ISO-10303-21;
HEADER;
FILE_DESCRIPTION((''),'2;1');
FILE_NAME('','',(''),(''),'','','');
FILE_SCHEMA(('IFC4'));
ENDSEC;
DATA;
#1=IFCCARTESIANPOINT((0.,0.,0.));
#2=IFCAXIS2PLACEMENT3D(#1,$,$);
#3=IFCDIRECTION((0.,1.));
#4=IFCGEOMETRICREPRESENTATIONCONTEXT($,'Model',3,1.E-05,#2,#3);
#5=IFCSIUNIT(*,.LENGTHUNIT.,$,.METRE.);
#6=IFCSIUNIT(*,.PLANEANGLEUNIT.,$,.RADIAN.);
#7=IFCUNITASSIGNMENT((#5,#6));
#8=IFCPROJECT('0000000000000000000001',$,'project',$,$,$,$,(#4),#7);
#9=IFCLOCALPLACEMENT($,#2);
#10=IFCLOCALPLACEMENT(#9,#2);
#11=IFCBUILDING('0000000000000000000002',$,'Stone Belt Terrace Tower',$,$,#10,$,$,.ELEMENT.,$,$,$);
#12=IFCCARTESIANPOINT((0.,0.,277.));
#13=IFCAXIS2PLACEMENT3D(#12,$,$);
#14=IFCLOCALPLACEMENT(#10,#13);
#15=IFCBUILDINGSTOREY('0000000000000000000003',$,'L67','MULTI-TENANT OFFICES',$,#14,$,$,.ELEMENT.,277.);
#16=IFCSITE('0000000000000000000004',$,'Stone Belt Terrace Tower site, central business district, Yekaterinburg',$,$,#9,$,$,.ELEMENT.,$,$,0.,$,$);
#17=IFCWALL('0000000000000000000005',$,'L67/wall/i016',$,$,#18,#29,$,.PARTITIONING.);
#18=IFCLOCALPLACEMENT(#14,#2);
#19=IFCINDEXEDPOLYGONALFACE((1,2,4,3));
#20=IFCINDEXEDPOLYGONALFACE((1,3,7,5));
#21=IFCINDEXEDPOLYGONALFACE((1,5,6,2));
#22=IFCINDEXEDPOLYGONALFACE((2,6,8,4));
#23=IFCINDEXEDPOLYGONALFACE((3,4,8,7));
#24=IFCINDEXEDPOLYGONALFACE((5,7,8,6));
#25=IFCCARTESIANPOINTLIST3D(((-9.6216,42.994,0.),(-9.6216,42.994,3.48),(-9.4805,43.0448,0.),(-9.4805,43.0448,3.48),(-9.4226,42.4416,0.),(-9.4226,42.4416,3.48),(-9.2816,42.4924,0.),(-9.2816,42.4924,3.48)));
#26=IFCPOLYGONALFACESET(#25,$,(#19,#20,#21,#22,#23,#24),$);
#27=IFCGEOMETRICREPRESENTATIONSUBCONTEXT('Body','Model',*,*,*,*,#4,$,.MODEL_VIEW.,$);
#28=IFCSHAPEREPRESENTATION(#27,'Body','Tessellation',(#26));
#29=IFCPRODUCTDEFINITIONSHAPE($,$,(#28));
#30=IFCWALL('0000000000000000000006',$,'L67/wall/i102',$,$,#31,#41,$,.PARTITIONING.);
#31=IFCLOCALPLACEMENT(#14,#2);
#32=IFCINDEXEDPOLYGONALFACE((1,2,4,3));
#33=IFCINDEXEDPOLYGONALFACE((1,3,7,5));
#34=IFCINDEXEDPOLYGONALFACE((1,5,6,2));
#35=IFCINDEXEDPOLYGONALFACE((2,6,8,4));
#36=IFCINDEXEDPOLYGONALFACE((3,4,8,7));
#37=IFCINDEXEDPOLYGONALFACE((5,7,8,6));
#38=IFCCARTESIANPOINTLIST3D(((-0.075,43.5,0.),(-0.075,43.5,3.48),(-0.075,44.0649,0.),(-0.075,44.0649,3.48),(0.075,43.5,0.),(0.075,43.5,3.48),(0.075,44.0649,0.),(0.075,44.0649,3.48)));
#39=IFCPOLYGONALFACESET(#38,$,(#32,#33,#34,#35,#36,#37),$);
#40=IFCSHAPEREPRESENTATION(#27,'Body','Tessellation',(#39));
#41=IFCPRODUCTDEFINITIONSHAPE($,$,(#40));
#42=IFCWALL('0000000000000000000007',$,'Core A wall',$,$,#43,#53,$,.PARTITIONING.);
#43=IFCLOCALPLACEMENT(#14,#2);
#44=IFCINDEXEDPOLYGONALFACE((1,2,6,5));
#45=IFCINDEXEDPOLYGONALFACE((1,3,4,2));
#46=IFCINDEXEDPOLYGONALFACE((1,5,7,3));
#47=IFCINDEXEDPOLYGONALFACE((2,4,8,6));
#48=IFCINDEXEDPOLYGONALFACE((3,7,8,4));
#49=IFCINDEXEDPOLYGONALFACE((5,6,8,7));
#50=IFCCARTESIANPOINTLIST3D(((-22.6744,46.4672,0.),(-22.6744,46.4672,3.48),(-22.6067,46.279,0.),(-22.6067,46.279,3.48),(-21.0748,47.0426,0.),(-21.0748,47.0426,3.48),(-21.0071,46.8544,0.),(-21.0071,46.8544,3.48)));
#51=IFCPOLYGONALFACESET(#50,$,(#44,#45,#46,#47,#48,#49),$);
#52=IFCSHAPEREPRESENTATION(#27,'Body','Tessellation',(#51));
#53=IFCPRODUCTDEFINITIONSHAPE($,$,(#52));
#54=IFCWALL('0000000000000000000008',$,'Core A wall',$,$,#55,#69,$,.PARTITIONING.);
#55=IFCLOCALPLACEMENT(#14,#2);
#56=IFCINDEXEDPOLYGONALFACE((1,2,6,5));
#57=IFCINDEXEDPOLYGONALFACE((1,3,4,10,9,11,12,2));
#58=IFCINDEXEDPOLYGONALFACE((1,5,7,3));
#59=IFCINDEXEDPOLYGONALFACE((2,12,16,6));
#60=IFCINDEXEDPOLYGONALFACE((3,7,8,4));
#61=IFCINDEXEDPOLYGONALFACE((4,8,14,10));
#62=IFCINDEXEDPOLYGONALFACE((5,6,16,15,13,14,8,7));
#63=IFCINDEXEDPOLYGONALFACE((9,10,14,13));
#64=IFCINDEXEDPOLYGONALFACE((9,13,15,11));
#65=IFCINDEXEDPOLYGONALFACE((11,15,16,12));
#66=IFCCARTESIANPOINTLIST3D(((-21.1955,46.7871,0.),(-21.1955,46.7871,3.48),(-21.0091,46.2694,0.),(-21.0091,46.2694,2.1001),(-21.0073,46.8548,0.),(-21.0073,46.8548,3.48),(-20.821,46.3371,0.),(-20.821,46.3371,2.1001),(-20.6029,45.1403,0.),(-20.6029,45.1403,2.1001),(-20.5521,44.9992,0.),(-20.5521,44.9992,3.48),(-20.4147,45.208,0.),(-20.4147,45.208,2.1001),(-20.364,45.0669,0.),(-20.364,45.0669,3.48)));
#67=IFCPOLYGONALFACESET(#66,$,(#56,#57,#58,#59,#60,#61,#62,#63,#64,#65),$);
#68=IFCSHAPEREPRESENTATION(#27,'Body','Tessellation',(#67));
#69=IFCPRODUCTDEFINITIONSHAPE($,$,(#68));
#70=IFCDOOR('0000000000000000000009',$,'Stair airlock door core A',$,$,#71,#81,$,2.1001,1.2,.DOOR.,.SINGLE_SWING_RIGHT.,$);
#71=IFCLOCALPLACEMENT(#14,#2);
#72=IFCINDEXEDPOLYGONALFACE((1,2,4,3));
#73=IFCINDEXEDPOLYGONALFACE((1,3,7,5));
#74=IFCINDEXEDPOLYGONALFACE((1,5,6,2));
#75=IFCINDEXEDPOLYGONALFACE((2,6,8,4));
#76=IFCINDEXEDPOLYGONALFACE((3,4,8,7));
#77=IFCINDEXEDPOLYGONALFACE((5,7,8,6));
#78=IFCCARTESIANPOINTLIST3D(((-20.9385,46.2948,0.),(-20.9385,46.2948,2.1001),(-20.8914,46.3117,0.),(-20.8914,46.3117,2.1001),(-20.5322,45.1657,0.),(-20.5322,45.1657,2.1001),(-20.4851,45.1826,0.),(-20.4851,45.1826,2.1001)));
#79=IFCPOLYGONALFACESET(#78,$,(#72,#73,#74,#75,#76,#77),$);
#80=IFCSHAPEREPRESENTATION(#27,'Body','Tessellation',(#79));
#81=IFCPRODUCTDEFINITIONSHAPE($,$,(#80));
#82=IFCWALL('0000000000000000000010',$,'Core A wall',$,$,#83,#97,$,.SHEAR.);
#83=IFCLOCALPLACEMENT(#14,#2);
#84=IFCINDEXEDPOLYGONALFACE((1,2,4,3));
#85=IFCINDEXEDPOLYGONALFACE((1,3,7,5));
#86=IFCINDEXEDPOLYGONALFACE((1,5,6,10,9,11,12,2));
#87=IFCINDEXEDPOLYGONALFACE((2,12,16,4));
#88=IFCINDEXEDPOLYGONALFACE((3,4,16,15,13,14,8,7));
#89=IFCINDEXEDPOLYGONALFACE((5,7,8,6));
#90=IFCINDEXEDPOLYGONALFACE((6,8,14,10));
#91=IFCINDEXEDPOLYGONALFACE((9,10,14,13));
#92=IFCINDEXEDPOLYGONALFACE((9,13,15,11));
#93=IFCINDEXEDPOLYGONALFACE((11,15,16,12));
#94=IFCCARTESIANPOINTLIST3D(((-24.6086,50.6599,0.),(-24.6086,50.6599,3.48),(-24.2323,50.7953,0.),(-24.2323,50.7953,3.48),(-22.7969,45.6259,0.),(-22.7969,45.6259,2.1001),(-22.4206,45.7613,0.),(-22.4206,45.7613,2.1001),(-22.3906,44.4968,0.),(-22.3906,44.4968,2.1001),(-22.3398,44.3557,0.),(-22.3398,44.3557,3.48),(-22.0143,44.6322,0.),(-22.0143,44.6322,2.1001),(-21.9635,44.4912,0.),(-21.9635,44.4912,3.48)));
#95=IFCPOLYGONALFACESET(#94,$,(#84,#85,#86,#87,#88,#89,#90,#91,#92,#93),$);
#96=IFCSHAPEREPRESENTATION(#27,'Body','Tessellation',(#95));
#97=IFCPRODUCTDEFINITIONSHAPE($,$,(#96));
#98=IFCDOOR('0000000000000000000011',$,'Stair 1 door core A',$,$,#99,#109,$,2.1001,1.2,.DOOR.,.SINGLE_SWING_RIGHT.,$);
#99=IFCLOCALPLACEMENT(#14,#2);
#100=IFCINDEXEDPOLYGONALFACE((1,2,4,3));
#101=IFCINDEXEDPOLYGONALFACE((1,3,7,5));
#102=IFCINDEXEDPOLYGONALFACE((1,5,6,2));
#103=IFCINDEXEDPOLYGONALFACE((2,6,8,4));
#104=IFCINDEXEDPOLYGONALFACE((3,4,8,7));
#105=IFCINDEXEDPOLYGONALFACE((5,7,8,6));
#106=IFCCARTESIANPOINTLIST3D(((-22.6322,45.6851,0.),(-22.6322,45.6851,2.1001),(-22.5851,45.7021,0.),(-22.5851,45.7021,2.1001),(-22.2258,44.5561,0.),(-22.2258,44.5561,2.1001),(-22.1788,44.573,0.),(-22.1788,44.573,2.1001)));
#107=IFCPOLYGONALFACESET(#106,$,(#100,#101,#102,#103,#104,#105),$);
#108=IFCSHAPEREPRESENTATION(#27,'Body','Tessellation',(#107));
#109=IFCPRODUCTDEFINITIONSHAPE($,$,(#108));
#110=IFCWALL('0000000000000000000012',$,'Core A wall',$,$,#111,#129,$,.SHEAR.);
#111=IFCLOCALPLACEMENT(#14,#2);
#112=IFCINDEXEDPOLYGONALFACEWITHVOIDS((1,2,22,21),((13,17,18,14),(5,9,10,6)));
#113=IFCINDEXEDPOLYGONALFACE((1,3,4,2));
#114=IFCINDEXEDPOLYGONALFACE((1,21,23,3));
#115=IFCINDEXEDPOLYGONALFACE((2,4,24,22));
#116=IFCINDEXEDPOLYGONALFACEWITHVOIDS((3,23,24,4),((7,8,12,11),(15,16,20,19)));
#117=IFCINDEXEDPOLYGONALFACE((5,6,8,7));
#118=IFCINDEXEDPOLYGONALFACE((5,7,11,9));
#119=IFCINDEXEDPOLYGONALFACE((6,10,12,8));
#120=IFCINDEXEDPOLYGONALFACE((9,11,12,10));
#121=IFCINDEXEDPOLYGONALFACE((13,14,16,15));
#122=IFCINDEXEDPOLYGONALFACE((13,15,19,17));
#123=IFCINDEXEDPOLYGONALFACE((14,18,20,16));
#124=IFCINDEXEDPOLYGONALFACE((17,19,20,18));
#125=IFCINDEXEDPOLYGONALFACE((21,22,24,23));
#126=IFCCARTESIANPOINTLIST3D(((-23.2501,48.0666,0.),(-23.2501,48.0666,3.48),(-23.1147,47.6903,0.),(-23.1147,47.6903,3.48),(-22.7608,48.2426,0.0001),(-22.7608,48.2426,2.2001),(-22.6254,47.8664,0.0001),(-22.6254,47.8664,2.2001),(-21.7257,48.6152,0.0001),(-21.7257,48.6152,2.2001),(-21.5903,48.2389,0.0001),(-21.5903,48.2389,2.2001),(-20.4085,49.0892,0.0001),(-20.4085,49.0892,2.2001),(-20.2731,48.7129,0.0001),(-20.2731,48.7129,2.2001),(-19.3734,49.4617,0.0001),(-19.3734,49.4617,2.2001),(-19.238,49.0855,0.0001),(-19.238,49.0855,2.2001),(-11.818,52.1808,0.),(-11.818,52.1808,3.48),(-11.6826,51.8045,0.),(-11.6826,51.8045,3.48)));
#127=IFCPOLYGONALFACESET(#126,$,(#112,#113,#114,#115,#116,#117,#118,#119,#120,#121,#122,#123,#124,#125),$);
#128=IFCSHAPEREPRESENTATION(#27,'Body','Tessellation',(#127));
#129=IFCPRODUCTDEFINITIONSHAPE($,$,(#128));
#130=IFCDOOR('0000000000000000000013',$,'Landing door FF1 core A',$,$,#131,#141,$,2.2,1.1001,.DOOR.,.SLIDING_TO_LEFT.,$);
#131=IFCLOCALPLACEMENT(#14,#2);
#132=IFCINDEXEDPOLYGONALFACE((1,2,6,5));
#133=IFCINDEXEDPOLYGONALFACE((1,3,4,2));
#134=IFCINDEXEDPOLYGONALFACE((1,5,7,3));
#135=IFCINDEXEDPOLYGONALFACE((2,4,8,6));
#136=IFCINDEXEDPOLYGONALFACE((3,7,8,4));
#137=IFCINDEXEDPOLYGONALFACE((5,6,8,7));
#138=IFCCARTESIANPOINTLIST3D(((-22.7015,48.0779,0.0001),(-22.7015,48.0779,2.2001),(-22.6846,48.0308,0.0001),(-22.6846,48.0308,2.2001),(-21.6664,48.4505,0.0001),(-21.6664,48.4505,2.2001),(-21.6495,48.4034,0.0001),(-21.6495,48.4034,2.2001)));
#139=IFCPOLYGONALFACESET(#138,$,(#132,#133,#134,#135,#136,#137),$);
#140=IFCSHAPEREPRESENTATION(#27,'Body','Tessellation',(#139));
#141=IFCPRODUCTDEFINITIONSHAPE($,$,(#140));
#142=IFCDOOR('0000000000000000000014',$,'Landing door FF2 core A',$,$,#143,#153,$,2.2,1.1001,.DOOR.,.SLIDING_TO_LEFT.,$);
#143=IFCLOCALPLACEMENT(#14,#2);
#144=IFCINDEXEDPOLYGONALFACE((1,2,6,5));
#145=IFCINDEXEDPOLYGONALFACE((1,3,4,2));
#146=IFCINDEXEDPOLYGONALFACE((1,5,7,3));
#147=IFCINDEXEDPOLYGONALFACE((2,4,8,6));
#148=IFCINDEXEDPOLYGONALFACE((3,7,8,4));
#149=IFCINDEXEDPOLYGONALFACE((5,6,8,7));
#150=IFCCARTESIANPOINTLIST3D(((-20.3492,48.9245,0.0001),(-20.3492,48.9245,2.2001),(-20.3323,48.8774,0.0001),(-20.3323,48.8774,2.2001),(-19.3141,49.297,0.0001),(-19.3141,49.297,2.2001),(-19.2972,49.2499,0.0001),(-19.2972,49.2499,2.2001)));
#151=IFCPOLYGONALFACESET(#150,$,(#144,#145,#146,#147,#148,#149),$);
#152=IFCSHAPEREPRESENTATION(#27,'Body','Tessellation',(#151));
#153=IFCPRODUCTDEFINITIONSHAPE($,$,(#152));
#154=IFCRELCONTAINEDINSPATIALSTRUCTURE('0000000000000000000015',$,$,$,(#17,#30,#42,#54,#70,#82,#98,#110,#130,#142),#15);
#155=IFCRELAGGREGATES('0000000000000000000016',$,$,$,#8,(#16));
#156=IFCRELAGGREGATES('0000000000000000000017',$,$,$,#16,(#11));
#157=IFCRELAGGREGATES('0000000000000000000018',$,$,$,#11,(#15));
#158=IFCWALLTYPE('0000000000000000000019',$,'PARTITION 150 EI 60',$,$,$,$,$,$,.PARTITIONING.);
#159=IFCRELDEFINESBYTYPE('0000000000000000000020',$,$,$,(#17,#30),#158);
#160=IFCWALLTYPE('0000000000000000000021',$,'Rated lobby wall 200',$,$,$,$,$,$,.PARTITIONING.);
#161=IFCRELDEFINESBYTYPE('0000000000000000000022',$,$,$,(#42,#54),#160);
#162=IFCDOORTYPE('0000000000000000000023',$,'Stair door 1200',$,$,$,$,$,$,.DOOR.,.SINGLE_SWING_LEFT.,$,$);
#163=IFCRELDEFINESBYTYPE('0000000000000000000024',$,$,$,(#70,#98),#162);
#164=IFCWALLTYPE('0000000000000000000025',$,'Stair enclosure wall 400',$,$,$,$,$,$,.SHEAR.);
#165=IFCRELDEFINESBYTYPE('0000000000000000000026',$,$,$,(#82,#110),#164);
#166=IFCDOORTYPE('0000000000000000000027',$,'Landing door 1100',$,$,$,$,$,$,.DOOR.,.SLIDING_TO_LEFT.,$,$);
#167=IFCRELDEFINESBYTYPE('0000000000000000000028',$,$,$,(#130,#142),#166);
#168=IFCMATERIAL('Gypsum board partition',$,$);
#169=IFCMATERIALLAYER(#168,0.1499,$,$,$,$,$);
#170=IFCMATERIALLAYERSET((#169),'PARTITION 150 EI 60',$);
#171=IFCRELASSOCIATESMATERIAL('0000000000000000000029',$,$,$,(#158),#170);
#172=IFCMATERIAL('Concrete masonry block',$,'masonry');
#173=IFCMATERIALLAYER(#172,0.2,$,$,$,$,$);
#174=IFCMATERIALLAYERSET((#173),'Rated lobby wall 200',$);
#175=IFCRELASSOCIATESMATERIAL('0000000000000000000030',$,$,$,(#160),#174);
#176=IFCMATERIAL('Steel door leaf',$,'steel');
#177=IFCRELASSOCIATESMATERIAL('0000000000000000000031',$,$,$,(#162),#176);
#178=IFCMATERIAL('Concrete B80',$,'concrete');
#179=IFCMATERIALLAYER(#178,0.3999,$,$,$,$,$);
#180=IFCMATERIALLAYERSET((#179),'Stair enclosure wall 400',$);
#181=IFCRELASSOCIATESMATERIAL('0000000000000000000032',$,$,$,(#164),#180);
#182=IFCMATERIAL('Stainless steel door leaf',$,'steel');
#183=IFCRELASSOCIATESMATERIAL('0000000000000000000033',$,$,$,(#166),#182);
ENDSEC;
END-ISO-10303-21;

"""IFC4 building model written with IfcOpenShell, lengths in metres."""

from ifc_helpers import new_model, si_unit, direction, frame, frame_2d, origin, place, context, subcontext, project, spatial, rectangle, extrude, material, layer, layer_set, type_object, element, fill, save


model = new_model("IFC4")

# Units and contexts
model_context = context("Model", 3, precision=1e-05, world=origin(), true_north=direction((0.0, 1.0)))
body_context = subcontext(model_context, "Body", "Model", "MODEL_VIEW")
ifc_project = project(units=[si_unit("LENGTHUNIT", "METRE"), si_unit("PLANEANGLEUNIT", "RADIAN")], contexts=[model_context])

# Site, building, storey
site_placement = place(None, origin())
site = spatial("IfcSite", under=ifc_project, at=site_placement, Name="Stone Belt Terrace Tower site, central business district, Yekaterinburg", CompositionType="ELEMENT", RefElevation=0.0)
building_placement = place(site_placement, origin())
building = spatial("IfcBuilding", under=site, at=building_placement, Name="Stone Belt Terrace Tower", CompositionType="ELEMENT")
storey_placement = place(building_placement, frame((0.0, 0.0, 277.0)))
storey = spatial("IfcBuildingStorey", under=building, at=storey_placement, Name="L67", Description="MULTI-TENANT OFFICES", CompositionType="ELEMENT", Elevation=277.0)

# Shared definitions
ifc_material_1 = material(Name="Gypsum board partition")
ifc_layer_1 = layer(ifc_material_1, 0.1499)
ifc_layer_set_1 = layer_set([ifc_layer_1], Name="PARTITION 150 EI 60")
wall_type_1 = type_object("IfcWallType", Name="PARTITION 150 EI 60", PredefinedType="PARTITIONING", material=ifc_layer_set_1)

# Walls
wall_1_placement = place(storey_placement, frame((-9.551, 43.0193, 0.0), z_axis=(0.0, 0.0, 1.0), x_axis=(0.338837, -0.940845, 0.0)))
element("IfcWall", 1, at=wall_1_placement, inside=storey, type_object=wall_type_1, Name="L67/wall/i016", PredefinedType="PARTITIONING", context=body_context, shape_type="SweptSolid", body=[
    extrude(rectangle(XDim=0.5872, YDim=0.1499, at=frame_2d((0.2935, 0.0))), origin(), (0.0, 0.0, 1.0), 3.48),
])
wall_2_placement = place(storey_placement, frame((0.0, 44.0649, 0.0), z_axis=(0.0, 0.0, 1.0), x_axis=(0.0, -1.0, 0.0)))
element("IfcWall", 2, at=wall_2_placement, inside=storey, type_object=wall_type_1, Name="L67/wall/i102", PredefinedType="PARTITIONING", context=body_context, shape_type="SweptSolid", body=[
    extrude(rectangle(XDim=0.5649, YDim=0.1499, at=frame_2d((0.2825, 0.0))), origin(), (0.0, 0.0, 1.0), 3.48),
])
ifc_material_2 = material(Name="Concrete masonry block", Category="masonry")
ifc_layer_2 = layer(ifc_material_2, 0.2)
ifc_layer_set_2 = layer_set([ifc_layer_2], Name="Rated lobby wall 200")
wall_type_2 = type_object("IfcWallType", Name="Rated lobby wall 200", PredefinedType="PARTITIONING", material=ifc_layer_set_2)
wall_3_placement = place(storey_placement, frame((-22.6406, 46.373, 0.0), z_axis=(0.0, 0.0, 1.0), x_axis=(0.940966, 0.338501, 0.0)))
element("IfcWall", 3, at=wall_3_placement, inside=storey, type_object=wall_type_2, Name="Core A wall", PredefinedType="PARTITIONING", context=body_context, shape_type="SweptSolid", body=[
    extrude(rectangle(XDim=1.7, YDim=0.2, at=frame_2d((0.8501, 0.0))), origin(), (0.0, 0.0, 1.0), 3.48),
])

# Walls, openings, doors
wall_4_placement = place(storey_placement, frame((-20.458, 45.033, 0.0), z_axis=(0.0, 0.0, 1.0), x_axis=(-0.338574, 0.94094, 0.0)))
wall_4 = element("IfcWall", 4, at=wall_4_placement, inside=storey, type_object=wall_type_2, Name="Core A wall", PredefinedType="PARTITIONING", context=body_context, shape_type="SweptSolid", body=[
    extrude(rectangle(XDim=1.9001, YDim=0.2, at=frame_2d((0.9502, 0.0))), origin(), (0.0, 0.0, 1.0), 3.48),
])
opening_1_placement = place(wall_4_placement, frame((0.1499, 0.0, 0.0)))
opening_1 = element("IfcOpeningElement", 5, at=opening_1_placement, cuts=wall_4, PredefinedType="OPENING", context=body_context, shape_type="SweptSolid", body=[
    extrude(rectangle(XDim=1.2, YDim=2.1001, at=frame_2d((0.6001, 1.05))), frame((0.0, 0.1099, 0.0), z_axis=(0.0, -1.0, 0.0), x_axis=(1.0, 0.0, 0.0)), (0.0, 0.0, 1.0), 0.22),
])
ifc_material_3 = material(Name="Steel door leaf", Category="steel")
door_type_1 = type_object("IfcDoorType", Name="Stair door 1200", OperationType="SINGLE_SWING_LEFT", PredefinedType="DOOR", material=ifc_material_3)
door_1_placement = place(opening_1_placement, origin())
door_1 = element("IfcDoor", 6, at=door_1_placement, inside=storey, type_object=door_type_1, Name="Stair airlock door core A", OperationType="SINGLE_SWING_RIGHT", OverallHeight=2.1001, OverallWidth=1.2, PredefinedType="DOOR", context=body_context, shape_type="SweptSolid", body=[
    extrude(rectangle(XDim=1.2, YDim=2.1001, at=frame_2d((0.6001, 1.05))), frame((0.0, 0.0249, 0.0), z_axis=(0.0, -1.0, 0.0), x_axis=(1.0, 0.0, 0.0)), (0.0, 0.0, 1.0), 0.05),
])
fill(opening_1, door_1)
ifc_material_4 = material(Name="Concrete B80", Category="concrete")
ifc_layer_3 = layer(ifc_material_4, 0.3999)
ifc_layer_set_3 = layer_set([ifc_layer_3], Name="Stair enclosure wall 400")
wall_type_3 = type_object("IfcWallType", Name="Stair enclosure wall 400", PredefinedType="SHEAR", material=ifc_layer_set_3)
wall_5_placement = place(storey_placement, frame((-22.1516, 44.4233, 0.0), z_axis=(0.0, 0.0, 1.0), x_axis=(-0.338625, 0.940921, 0.0)))
wall_5 = element("IfcWall", 7, at=wall_5_placement, inside=storey, type_object=wall_type_3, Name="Core A wall", PredefinedType="SHEAR", context=body_context, shape_type="SweptSolid", body=[
    extrude(rectangle(XDim=6.7, YDim=0.3999, at=frame_2d((3.3501, 0.0))), origin(), (0.0, 0.0, 1.0), 3.48),
])
opening_2_placement = place(wall_5_placement, frame((0.1499, 0.0, 0.0)))
opening_2 = element("IfcOpeningElement", 8, at=opening_2_placement, cuts=wall_5, PredefinedType="OPENING", context=body_context, shape_type="SweptSolid", body=[
    extrude(rectangle(XDim=1.2, YDim=2.1001, at=frame_2d((0.6001, 1.05))), frame((0.0, 0.21, 0.0), z_axis=(0.0, -1.0, 0.0), x_axis=(1.0, 0.0, 0.0)), (0.0, 0.0, 1.0), 0.4199),
])
door_2_placement = place(opening_2_placement, origin())
door_2 = element("IfcDoor", 9, at=door_2_placement, inside=storey, type_object=door_type_1, Name="Stair 1 door core A", OperationType="SINGLE_SWING_RIGHT", OverallHeight=2.1001, OverallWidth=1.2, PredefinedType="DOOR", context=body_context, shape_type="SweptSolid", body=[
    extrude(rectangle(XDim=1.2, YDim=2.1001, at=frame_2d((0.6001, 1.05))), frame((0.0, 0.0249, 0.0), z_axis=(0.0, -1.0, 0.0), x_axis=(1.0, 0.0, 0.0)), (0.0, 0.0, 1.0), 0.05),
])
fill(opening_2, door_2)

# Wall, openings, doors
wall_6_placement = place(storey_placement, frame((-23.1824, 47.8784, 0.0), z_axis=(0.0, 0.0, 1.0), x_axis=(0.940922, 0.338624, 0.0)))
wall_6 = element("IfcWall", 10, at=wall_6_placement, inside=storey, type_object=wall_type_3, Name="Core A wall", PredefinedType="SHEAR", context=body_context, shape_type="SweptSolid", body=[
    extrude(rectangle(XDim=12.1499, YDim=0.3999, at=frame_2d((6.075, 0.0))), origin(), (0.0, 0.0, 1.0), 3.48),
])
opening_3_placement = place(wall_6_placement, frame((0.52, 0.0, 0.0)))
opening_3 = element("IfcOpeningElement", 11, at=opening_3_placement, cuts=wall_6, PredefinedType="OPENING", context=body_context, shape_type="SweptSolid", body=[
    extrude(rectangle(XDim=1.1001, YDim=2.2, at=frame_2d((0.55, 1.1001))), frame((0.0, 0.21, 0.0), z_axis=(0.0, -1.0, 0.0), x_axis=(1.0, 0.0, 0.0)), (0.0, 0.0, 1.0), 0.4199),
])
opening_4_placement = place(wall_6_placement, frame((3.02, 0.0, 0.0)))
opening_4 = element("IfcOpeningElement", 12, at=opening_4_placement, cuts=wall_6, PredefinedType="OPENING", context=body_context, shape_type="SweptSolid", body=[
    extrude(rectangle(XDim=1.1001, YDim=2.2, at=frame_2d((0.55, 1.1001))), frame((0.0, 0.21, 0.0), z_axis=(0.0, -1.0, 0.0), x_axis=(1.0, 0.0, 0.0)), (0.0, 0.0, 1.0), 0.4199),
])
ifc_material_5 = material(Name="Stainless steel door leaf", Category="steel")
door_type_2 = type_object("IfcDoorType", Name="Landing door 1100", OperationType="SLIDING_TO_LEFT", PredefinedType="DOOR", material=ifc_material_5)
door_3_placement = place(opening_3_placement, origin())
door_3 = element("IfcDoor", 13, at=door_3_placement, inside=storey, type_object=door_type_2, Name="Landing door FF1 core A", OperationType="SLIDING_TO_LEFT", OverallHeight=2.2, OverallWidth=1.1001, PredefinedType="DOOR", context=body_context, shape_type="SweptSolid", body=[
    extrude(rectangle(XDim=1.1001, YDim=2.2, at=frame_2d((0.55, 1.1001))), frame((0.0, 0.0249, 0.0), z_axis=(0.0, -1.0, 0.0), x_axis=(1.0, 0.0, 0.0)), (0.0, 0.0, 1.0), 0.05),
])
fill(opening_3, door_3)
door_4_placement = place(opening_4_placement, origin())
door_4 = element("IfcDoor", 14, at=door_4_placement, inside=storey, type_object=door_type_2, Name="Landing door FF2 core A", OperationType="SLIDING_TO_LEFT", OverallHeight=2.2, OverallWidth=1.1001, PredefinedType="DOOR", context=body_context, shape_type="SweptSolid", body=[
    extrude(rectangle(XDim=1.1001, YDim=2.2, at=frame_2d((0.55, 1.1001))), frame((0.0, 0.0249, 0.0), z_axis=(0.0, -1.0, 0.0), x_axis=(1.0, 0.0, 0.0)), (0.0, 0.0, 1.0), 0.05),
])
fill(opening_4, door_4)

save(model, "model.ifc")
